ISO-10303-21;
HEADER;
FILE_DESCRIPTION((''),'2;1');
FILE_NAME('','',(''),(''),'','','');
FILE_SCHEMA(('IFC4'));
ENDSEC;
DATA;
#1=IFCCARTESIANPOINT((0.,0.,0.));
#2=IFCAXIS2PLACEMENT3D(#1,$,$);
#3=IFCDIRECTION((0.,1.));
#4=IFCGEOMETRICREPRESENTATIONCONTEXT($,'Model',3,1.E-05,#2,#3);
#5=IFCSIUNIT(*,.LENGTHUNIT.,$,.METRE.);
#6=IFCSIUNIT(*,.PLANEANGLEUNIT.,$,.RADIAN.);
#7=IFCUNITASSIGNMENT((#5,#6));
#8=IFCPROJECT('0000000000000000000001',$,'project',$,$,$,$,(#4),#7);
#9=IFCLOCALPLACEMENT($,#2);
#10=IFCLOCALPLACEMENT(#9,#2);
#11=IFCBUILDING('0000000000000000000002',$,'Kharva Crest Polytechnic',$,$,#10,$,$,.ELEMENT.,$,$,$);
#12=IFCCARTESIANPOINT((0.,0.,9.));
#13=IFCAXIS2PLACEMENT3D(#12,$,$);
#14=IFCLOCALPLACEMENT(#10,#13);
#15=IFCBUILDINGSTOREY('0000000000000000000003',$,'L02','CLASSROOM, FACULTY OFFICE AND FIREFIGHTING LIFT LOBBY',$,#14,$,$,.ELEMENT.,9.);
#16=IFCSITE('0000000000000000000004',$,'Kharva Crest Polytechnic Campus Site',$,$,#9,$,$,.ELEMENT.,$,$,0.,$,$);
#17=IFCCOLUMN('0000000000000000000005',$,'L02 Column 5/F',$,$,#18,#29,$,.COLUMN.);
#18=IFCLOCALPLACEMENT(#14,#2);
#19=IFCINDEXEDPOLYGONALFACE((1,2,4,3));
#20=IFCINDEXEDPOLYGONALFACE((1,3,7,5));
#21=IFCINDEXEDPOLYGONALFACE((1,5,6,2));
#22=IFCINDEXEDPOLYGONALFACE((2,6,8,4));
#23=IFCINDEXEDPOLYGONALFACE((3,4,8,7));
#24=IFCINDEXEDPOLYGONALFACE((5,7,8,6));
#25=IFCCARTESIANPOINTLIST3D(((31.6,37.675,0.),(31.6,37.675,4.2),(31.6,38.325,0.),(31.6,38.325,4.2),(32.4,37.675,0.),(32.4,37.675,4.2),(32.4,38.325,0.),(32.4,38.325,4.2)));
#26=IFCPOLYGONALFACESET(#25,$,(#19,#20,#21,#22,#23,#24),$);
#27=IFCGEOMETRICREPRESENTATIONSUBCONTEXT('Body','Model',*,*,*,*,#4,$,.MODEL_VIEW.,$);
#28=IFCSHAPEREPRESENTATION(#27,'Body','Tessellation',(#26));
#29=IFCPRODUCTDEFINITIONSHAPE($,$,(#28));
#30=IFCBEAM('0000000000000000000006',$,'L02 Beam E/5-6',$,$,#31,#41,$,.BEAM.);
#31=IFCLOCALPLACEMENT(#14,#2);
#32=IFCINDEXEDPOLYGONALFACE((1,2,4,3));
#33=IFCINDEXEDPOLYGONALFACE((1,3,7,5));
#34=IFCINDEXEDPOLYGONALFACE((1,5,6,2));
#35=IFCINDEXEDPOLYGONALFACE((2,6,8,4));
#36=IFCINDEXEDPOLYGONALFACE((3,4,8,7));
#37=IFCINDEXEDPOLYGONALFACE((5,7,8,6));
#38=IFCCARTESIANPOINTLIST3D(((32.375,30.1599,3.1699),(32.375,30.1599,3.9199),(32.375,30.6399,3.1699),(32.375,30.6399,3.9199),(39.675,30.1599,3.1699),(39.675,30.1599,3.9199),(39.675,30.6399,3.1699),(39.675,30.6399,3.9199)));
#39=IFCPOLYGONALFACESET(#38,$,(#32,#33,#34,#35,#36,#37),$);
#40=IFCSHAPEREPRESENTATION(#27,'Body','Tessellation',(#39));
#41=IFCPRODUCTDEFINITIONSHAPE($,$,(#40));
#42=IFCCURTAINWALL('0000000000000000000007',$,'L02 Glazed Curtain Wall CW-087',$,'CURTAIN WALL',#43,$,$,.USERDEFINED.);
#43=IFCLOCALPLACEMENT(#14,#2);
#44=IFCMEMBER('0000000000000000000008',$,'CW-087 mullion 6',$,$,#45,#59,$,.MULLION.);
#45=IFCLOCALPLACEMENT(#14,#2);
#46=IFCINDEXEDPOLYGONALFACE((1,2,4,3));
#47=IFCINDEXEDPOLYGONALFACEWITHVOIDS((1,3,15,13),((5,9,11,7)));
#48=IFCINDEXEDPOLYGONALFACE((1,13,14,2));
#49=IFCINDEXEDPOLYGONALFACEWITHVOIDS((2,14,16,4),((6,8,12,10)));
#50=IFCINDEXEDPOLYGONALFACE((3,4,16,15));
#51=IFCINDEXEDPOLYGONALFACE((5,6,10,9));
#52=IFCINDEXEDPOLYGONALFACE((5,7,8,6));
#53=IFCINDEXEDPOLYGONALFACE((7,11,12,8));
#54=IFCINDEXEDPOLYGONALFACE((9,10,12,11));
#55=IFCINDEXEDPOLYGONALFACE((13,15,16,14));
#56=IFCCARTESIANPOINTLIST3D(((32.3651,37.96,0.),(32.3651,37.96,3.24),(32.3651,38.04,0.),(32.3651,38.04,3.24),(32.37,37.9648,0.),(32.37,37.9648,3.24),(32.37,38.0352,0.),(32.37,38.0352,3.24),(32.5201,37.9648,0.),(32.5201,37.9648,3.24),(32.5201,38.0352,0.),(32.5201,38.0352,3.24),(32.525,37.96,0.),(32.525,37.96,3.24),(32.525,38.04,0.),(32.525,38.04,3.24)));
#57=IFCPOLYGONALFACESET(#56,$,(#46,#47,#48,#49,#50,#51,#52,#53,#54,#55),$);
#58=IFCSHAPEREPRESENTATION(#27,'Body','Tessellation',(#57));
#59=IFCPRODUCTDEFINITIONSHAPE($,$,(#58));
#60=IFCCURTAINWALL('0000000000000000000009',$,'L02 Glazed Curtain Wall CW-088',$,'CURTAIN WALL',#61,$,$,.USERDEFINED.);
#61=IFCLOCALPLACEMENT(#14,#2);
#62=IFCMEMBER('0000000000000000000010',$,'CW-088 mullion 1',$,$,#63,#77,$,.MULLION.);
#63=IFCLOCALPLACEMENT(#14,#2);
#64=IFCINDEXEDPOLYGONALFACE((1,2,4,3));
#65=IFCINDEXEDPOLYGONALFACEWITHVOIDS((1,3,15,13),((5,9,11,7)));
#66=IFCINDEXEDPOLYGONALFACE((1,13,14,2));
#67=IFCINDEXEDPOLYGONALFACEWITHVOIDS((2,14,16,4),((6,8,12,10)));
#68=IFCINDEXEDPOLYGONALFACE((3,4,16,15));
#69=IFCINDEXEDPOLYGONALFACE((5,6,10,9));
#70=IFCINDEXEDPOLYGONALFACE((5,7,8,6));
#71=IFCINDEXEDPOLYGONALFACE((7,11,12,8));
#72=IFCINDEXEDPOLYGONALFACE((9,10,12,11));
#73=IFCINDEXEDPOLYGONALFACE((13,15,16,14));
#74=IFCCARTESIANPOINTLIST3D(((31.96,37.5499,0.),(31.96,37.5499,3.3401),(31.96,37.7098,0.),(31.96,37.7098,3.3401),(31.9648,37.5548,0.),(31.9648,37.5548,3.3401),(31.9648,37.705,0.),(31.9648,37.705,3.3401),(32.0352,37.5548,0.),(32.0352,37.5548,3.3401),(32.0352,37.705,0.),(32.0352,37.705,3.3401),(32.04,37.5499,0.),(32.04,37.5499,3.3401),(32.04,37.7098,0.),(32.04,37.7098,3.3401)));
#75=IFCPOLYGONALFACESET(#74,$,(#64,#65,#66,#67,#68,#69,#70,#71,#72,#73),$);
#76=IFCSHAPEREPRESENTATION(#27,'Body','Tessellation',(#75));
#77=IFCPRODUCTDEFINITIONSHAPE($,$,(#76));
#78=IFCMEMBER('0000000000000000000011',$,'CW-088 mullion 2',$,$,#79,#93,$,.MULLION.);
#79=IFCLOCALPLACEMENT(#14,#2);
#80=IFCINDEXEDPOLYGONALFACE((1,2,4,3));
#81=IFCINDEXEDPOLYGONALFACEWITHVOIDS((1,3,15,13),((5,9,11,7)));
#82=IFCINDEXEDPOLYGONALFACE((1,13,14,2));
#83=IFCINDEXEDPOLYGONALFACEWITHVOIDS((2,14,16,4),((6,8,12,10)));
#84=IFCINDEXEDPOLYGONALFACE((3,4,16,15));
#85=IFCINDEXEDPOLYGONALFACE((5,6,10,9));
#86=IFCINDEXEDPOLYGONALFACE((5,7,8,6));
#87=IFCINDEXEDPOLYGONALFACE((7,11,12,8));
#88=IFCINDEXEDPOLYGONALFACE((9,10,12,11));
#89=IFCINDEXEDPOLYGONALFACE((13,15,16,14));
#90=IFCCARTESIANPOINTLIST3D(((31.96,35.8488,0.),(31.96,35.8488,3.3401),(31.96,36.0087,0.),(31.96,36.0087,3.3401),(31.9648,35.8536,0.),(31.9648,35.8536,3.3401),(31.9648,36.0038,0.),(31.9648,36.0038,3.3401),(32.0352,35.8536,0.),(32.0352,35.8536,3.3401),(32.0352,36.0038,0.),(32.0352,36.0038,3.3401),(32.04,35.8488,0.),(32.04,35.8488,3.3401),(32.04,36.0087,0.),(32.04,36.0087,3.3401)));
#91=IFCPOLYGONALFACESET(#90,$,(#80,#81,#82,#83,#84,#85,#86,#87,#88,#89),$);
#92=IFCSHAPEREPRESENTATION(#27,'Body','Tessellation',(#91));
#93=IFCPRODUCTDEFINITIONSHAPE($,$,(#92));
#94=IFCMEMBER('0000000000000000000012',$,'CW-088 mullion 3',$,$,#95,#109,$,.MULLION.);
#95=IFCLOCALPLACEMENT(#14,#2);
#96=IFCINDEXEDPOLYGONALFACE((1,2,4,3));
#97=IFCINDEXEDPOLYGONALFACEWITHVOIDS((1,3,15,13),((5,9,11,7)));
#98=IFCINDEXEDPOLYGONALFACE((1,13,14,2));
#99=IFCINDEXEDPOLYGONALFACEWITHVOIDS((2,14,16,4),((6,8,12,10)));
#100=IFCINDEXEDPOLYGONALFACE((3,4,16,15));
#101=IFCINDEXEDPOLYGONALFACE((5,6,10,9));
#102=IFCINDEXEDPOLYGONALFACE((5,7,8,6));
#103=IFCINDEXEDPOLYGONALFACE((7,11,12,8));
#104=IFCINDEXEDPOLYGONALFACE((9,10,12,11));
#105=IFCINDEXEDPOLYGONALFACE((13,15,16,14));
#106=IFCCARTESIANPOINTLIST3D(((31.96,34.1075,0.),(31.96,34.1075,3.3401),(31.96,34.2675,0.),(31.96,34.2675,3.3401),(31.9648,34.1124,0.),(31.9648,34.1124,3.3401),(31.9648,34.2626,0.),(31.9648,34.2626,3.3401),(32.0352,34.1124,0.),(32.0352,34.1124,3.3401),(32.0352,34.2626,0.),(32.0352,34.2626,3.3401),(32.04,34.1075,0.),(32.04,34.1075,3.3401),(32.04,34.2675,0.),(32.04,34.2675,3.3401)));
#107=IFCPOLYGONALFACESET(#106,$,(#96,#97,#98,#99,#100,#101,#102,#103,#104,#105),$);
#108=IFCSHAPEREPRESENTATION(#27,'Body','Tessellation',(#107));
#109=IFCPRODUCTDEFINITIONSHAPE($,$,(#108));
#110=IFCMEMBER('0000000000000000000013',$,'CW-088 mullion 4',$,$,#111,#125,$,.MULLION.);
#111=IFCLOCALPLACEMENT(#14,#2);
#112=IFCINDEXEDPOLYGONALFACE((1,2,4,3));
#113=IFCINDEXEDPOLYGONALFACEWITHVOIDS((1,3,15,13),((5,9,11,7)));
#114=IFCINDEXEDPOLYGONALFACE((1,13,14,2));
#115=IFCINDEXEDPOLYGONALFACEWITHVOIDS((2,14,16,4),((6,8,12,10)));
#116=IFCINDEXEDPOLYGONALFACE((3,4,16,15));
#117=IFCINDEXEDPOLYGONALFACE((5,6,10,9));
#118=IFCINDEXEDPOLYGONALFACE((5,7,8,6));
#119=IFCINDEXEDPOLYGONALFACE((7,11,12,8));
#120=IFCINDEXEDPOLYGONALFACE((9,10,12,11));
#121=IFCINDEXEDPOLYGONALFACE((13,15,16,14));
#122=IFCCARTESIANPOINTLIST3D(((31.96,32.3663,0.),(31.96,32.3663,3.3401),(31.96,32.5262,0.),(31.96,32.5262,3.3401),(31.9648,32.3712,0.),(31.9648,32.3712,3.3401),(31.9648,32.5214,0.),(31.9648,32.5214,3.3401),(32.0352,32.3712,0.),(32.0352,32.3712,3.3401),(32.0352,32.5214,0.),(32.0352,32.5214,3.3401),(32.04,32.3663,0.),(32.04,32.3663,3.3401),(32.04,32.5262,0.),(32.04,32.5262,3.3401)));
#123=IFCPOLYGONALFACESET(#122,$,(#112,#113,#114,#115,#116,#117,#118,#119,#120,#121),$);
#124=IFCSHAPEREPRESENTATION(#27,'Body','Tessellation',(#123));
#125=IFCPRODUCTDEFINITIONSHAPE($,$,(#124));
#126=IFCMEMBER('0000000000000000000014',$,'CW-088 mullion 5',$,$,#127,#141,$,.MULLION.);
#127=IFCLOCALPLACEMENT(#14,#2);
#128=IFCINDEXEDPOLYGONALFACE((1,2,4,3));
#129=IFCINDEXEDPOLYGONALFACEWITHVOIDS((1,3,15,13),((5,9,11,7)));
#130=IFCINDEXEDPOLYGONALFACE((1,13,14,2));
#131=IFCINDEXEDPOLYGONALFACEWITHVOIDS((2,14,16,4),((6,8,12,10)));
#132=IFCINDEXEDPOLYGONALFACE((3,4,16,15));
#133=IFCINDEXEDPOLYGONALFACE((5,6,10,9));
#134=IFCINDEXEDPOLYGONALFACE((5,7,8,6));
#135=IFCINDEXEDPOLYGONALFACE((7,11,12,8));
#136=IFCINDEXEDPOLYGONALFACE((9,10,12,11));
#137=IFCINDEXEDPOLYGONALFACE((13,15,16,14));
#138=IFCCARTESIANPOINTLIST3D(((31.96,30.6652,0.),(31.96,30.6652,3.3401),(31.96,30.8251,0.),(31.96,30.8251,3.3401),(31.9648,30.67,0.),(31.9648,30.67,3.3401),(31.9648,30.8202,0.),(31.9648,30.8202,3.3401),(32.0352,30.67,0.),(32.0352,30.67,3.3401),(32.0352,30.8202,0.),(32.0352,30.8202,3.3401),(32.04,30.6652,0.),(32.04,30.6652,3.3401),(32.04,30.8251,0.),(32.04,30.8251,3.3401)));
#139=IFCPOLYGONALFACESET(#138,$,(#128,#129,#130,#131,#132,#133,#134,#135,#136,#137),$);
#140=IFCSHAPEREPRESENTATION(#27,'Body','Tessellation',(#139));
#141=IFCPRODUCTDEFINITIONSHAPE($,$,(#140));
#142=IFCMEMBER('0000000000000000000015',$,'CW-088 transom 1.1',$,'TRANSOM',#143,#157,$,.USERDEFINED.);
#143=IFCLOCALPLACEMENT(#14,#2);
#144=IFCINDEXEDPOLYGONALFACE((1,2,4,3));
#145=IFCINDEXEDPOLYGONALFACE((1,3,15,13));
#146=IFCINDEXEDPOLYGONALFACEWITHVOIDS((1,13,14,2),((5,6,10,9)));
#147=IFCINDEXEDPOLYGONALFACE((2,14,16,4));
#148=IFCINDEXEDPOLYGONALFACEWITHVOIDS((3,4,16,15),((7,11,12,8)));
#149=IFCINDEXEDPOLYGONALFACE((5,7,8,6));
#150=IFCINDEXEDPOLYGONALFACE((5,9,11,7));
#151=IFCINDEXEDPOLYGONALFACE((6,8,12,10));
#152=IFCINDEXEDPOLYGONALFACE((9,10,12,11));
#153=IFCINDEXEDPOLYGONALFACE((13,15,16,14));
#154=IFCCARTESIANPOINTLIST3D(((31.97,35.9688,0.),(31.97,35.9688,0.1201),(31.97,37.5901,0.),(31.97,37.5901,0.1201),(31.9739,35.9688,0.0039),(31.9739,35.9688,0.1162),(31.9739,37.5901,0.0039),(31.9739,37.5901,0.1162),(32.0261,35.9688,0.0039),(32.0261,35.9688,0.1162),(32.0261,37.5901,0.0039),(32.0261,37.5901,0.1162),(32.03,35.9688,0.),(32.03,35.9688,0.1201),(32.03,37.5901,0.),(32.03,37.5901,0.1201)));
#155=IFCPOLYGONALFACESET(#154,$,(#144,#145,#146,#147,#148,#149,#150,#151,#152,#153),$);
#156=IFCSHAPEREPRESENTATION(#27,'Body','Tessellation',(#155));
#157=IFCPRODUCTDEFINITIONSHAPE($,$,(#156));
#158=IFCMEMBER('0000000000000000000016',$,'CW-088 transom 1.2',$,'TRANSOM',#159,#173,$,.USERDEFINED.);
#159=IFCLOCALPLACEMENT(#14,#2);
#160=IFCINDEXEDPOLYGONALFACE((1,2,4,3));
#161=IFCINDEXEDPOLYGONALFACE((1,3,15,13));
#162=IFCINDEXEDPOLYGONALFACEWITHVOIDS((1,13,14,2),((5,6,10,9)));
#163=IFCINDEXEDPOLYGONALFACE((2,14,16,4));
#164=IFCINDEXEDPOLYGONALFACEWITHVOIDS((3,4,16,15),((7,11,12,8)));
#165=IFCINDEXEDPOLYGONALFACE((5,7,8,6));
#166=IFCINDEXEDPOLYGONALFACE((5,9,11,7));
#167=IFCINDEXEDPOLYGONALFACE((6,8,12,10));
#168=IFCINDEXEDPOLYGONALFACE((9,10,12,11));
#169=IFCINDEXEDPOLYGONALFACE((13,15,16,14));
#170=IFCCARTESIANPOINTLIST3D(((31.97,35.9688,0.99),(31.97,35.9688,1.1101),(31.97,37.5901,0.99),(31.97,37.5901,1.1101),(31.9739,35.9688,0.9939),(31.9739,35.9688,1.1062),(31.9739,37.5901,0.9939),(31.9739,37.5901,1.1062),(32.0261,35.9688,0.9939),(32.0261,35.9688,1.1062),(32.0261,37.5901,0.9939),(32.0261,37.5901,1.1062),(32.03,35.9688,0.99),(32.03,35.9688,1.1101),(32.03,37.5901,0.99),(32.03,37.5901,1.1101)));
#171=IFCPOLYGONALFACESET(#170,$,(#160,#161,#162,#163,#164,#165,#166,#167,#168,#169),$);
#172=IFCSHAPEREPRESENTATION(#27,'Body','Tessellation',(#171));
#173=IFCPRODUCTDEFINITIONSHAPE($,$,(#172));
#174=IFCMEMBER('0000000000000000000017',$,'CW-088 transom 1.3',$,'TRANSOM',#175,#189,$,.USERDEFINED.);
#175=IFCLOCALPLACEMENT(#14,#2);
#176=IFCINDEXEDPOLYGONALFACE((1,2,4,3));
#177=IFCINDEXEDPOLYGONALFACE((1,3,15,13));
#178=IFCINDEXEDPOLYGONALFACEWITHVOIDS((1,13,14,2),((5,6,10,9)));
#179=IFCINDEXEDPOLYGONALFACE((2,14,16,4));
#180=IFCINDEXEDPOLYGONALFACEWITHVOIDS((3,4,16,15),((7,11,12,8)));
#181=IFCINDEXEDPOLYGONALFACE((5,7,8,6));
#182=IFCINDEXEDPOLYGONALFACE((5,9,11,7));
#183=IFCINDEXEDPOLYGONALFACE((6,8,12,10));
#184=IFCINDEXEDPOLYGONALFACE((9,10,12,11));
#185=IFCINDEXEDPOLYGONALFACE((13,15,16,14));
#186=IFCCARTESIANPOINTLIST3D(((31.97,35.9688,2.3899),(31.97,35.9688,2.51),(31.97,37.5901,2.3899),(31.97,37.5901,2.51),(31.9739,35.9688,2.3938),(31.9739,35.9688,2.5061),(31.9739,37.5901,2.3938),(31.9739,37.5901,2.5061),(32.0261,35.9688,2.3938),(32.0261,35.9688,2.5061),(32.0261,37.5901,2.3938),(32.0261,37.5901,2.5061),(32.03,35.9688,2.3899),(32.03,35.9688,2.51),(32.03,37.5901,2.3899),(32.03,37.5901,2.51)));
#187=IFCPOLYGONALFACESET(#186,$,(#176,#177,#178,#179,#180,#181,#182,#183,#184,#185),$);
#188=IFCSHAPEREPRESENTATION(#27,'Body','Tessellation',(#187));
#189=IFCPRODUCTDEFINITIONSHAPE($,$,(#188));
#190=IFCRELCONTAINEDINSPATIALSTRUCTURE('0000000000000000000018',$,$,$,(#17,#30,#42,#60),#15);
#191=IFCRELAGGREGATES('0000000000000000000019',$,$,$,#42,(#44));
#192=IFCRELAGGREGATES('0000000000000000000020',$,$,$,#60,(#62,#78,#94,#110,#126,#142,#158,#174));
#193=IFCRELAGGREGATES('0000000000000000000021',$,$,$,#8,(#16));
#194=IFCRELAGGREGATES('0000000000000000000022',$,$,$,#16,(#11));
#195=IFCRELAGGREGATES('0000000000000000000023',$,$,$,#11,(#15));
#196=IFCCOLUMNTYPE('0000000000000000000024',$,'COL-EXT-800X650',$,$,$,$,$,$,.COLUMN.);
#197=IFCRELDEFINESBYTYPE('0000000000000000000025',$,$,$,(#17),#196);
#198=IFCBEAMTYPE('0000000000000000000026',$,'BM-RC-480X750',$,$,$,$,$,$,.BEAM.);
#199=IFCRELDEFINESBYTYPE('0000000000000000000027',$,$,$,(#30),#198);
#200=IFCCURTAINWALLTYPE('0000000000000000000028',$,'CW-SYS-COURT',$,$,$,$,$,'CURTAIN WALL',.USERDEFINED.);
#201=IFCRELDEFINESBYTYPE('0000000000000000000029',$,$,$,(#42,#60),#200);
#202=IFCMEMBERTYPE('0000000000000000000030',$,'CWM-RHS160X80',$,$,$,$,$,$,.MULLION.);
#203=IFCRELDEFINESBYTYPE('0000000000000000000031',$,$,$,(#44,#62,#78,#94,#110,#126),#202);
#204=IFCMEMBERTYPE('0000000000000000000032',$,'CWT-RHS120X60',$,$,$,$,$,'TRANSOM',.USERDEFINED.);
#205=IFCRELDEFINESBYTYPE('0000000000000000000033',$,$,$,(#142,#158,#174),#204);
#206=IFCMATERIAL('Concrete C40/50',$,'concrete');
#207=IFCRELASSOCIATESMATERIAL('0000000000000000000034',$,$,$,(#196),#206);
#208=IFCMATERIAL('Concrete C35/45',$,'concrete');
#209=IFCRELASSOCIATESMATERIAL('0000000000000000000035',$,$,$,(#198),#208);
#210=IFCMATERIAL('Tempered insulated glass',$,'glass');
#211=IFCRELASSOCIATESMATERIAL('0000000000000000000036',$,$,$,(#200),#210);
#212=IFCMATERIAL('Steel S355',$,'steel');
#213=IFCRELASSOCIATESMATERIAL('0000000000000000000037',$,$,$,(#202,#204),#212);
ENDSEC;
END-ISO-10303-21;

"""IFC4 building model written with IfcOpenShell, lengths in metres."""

from ifc_helpers import new_model, si_unit, direction, frame, origin, origin_2d, place, context, subcontext, project, spatial, rectangle, hollow_rectangle, extrude, material, material_profile, profile_set, type_object, element, aggregate, save


model = new_model("IFC4")

# Units and contexts
model_context = context("Model", 3, precision=1e-05, world=origin(), true_north=direction((0.0, 1.0)))
body_context = subcontext(model_context, "Body", "Model", "MODEL_VIEW")
ifc_project = project(units=[si_unit("LENGTHUNIT", "METRE"), si_unit("PLANEANGLEUNIT", "RADIAN")], contexts=[model_context])

# Site, building, storey
site_placement = place(None, origin())
site = spatial("IfcSite", under=ifc_project, at=site_placement, Name="Kharva Crest Polytechnic Campus Site", CompositionType="ELEMENT", RefElevation=0.0)
building_placement = place(site_placement, origin())
building = spatial("IfcBuilding", under=site, at=building_placement, Name="Kharva Crest Polytechnic", CompositionType="ELEMENT")
storey_placement = place(building_placement, frame((0.0, 0.0, 9.0)))
storey = spatial("IfcBuildingStorey", under=building, at=storey_placement, Name="L02", Description="CLASSROOM, FACULTY OFFICE AND FIREFIGHTING LIFT LOBBY", CompositionType="ELEMENT", Elevation=9.0)

# Column
ifc_material_1 = material(Name="Concrete C40/50", Category="concrete")
ifc_material_profile_1 = material_profile(ifc_material_1, rectangle(XDim=0.8, YDim=0.6499, at=origin_2d()), Name="RECT 800 X 650")
ifc_profile_set_1 = profile_set([ifc_material_profile_1], Name="Concrete C40/50")
column_type = type_object("IfcColumnType", Name="COL-EXT-800X650", PredefinedType="COLUMN", material=ifc_profile_set_1)
column_placement = place(storey_placement, frame((32.0, 38.0, 0.0), z_axis=(0.0, 0.0, 1.0), x_axis=(1.0, 0.0, 0.0)))
element("IfcColumn", 1, at=column_placement, inside=storey, type_object=column_type, Name="L02 Column 5/F", PredefinedType="COLUMN", context=body_context, shape_type="SweptSolid", body=[
    extrude(rectangle(XDim=0.8, YDim=0.6499, at=origin_2d()), origin(), (0.0, 0.0, 1.0), 4.2),
])

# Beam
ifc_material_2 = material(Name="Concrete C35/45", Category="concrete")
ifc_material_profile_2 = material_profile(ifc_material_2, rectangle(XDim=0.48, YDim=0.75, at=origin_2d()), Name="RECT 480 X 750")
ifc_profile_set_2 = profile_set([ifc_material_profile_2], Name="Concrete C35/45")
beam_type_1 = type_object("IfcBeamType", Name="BM-RC-480X750", PredefinedType="BEAM", material=ifc_profile_set_2)
beam_1_placement = place(storey_placement, frame((32.375, 30.3999, 3.5449), z_axis=(1.0, 0.0, 0.0), x_axis=(0.0, 1.0, 0.0)))
element("IfcBeam", 2, at=beam_1_placement, inside=storey, type_object=beam_type_1, Name="L02 Beam E/5-6", PredefinedType="BEAM", context=body_context, shape_type="SweptSolid", body=[
    extrude(rectangle(XDim=0.48, YDim=0.75, at=origin_2d()), origin(), (0.0, 0.0, 1.0), 7.3),
])

# Curtain wall, member
ifc_material_3 = material(Name="Tempered insulated glass", Category="glass")
curtain_wall_type = type_object("IfcCurtainWallType", Name="CW-SYS-COURT", ElementType="CURTAIN WALL", PredefinedType="USERDEFINED", material=ifc_material_3)
curtain_wall_1_placement = place(storey_placement, origin())
curtain_wall_1 = element("IfcCurtainWall", 3, at=curtain_wall_1_placement, inside=storey, type_object=curtain_wall_type, Name="L02 Glazed Curtain Wall CW-087", ObjectType="CURTAIN WALL", PredefinedType="USERDEFINED")
ifc_material_4 = material(Name="Steel S355", Category="steel")
ifc_material_profile_3 = material_profile(ifc_material_4, hollow_rectangle(XDim=0.0801, YDim=0.1599, WallThickness=0.0049, at=origin_2d()), Name="RHS 160X80X5.0")
ifc_profile_set_3 = profile_set([ifc_material_profile_3], Name="Steel S355")
member_type_1 = type_object("IfcMemberType", Name="CWM-RHS160X80", PredefinedType="MULLION", material=ifc_profile_set_3)
member_1_placement = place(storey_placement, frame((32.4451, 38.0, 0.0), z_axis=(0.0, 0.0, 1.0), x_axis=(0.0, -1.0, 0.0)))
member_1 = element("IfcMember", 4, at=member_1_placement, type_object=member_type_1, Name="CW-087 mullion 6", PredefinedType="MULLION", context=body_context, shape_type="SweptSolid", body=[
    extrude(hollow_rectangle(XDim=0.0801, YDim=0.1599, WallThickness=0.0049, at=origin_2d()), origin(), (0.0, 0.0, 1.0), 3.24),
])
aggregate(curtain_wall_1, [member_1])

# Curtain wall, members
curtain_wall_2_placement = place(storey_placement, origin())
curtain_wall_2 = element("IfcCurtainWall", 5, at=curtain_wall_2_placement, inside=storey, type_object=curtain_wall_type, Name="L02 Glazed Curtain Wall CW-088", ObjectType="CURTAIN WALL", PredefinedType="USERDEFINED")
member_2_placement = place(storey_placement, frame((32.0, 37.6299, 0.0), z_axis=(0.0, 0.0, 1.0), x_axis=(1.0, 0.0, 0.0)))
member_2 = element("IfcMember", 6, at=member_2_placement, type_object=member_type_1, Name="CW-088 mullion 1", PredefinedType="MULLION", context=body_context, shape_type="SweptSolid", body=[
    extrude(hollow_rectangle(XDim=0.0801, YDim=0.1599, WallThickness=0.0049, at=origin_2d()), origin(), (0.0, 0.0, 1.0), 3.3401),
])
member_3_placement = place(storey_placement, frame((32.0, 35.9287, 0.0), z_axis=(0.0, 0.0, 1.0), x_axis=(1.0, 0.0, 0.0)))
member_3 = element("IfcMember", 7, at=member_3_placement, type_object=member_type_1, Name="CW-088 mullion 2", PredefinedType="MULLION", context=body_context, shape_type="SweptSolid", body=[
    extrude(hollow_rectangle(XDim=0.0801, YDim=0.1599, WallThickness=0.0049, at=origin_2d()), origin(), (0.0, 0.0, 1.0), 3.3401),
])
member_4_placement = place(storey_placement, frame((32.0, 34.1875, 0.0), z_axis=(0.0, 0.0, 1.0), x_axis=(1.0, 0.0, 0.0)))
member_4 = element("IfcMember", 8, at=member_4_placement, type_object=member_type_1, Name="CW-088 mullion 3", PredefinedType="MULLION", context=body_context, shape_type="SweptSolid", body=[
    extrude(hollow_rectangle(XDim=0.0801, YDim=0.1599, WallThickness=0.0049, at=origin_2d()), origin(), (0.0, 0.0, 1.0), 3.3401),
])
member_5_placement = place(storey_placement, frame((32.0, 32.4463, 0.0), z_axis=(0.0, 0.0, 1.0), x_axis=(1.0, 0.0, 0.0)))
member_5 = element("IfcMember", 9, at=member_5_placement, type_object=member_type_1, Name="CW-088 mullion 4", PredefinedType="MULLION", context=body_context, shape_type="SweptSolid", body=[
    extrude(hollow_rectangle(XDim=0.0801, YDim=0.1599, WallThickness=0.0049, at=origin_2d()), origin(), (0.0, 0.0, 1.0), 3.3401),
])
member_6_placement = place(storey_placement, frame((32.0, 30.7451, 0.0), z_axis=(0.0, 0.0, 1.0), x_axis=(1.0, 0.0, 0.0)))
member_6 = element("IfcMember", 10, at=member_6_placement, type_object=member_type_1, Name="CW-088 mullion 5", PredefinedType="MULLION", context=body_context, shape_type="SweptSolid", body=[
    extrude(hollow_rectangle(XDim=0.0801, YDim=0.1599, WallThickness=0.0049, at=origin_2d()), origin(), (0.0, 0.0, 1.0), 3.3401),
])
ifc_material_profile_4 = material_profile(ifc_material_4, hollow_rectangle(XDim=0.0601, YDim=0.1201, WallThickness=0.0039, at=origin_2d()), Name="RHS 120X60X4.0")
ifc_profile_set_4 = profile_set([ifc_material_profile_4], Name="Steel S355")
member_type_2 = type_object("IfcMemberType", Name="CWT-RHS120X60", ElementType="TRANSOM", PredefinedType="USERDEFINED", material=ifc_profile_set_4)
member_7_placement = place(storey_placement, frame((32.0, 37.5901, 0.0601), z_axis=(0.0, -1.0, 0.0), x_axis=(1.0, 0.0, 0.0)))
member_7 = element("IfcMember", 11, at=member_7_placement, type_object=member_type_2, Name="CW-088 transom 1.1", ObjectType="TRANSOM", PredefinedType="USERDEFINED", context=body_context, shape_type="SweptSolid", body=[
    extrude(hollow_rectangle(XDim=0.0601, YDim=0.1201, WallThickness=0.0039, at=origin_2d()), origin(), (0.0, 0.0, 1.0), 1.6213),
])
member_8_placement = place(storey_placement, frame((32.0, 37.5901, 1.05), z_axis=(0.0, -1.0, 0.0), x_axis=(1.0, 0.0, 0.0)))
member_8 = element("IfcMember", 12, at=member_8_placement, type_object=member_type_2, Name="CW-088 transom 1.2", ObjectType="TRANSOM", PredefinedType="USERDEFINED", context=body_context, shape_type="SweptSolid", body=[
    extrude(hollow_rectangle(XDim=0.0601, YDim=0.1201, WallThickness=0.0039, at=origin_2d()), origin(), (0.0, 0.0, 1.0), 1.6213),
])
member_9_placement = place(storey_placement, frame((32.0, 37.5901, 2.45), z_axis=(0.0, -1.0, 0.0), x_axis=(1.0, 0.0, 0.0)))
member_9 = element("IfcMember", 13, at=member_9_placement, type_object=member_type_2, Name="CW-088 transom 1.3", ObjectType="TRANSOM", PredefinedType="USERDEFINED", context=body_context, shape_type="SweptSolid", body=[
    extrude(hollow_rectangle(XDim=0.0601, YDim=0.1201, WallThickness=0.0039, at=origin_2d()), origin(), (0.0, 0.0, 1.0), 1.6213),
])

aggregate(curtain_wall_2, [member_2, member_3, member_4, member_5, member_6, member_7, member_8, member_9])

save(model, "model.ifc")
